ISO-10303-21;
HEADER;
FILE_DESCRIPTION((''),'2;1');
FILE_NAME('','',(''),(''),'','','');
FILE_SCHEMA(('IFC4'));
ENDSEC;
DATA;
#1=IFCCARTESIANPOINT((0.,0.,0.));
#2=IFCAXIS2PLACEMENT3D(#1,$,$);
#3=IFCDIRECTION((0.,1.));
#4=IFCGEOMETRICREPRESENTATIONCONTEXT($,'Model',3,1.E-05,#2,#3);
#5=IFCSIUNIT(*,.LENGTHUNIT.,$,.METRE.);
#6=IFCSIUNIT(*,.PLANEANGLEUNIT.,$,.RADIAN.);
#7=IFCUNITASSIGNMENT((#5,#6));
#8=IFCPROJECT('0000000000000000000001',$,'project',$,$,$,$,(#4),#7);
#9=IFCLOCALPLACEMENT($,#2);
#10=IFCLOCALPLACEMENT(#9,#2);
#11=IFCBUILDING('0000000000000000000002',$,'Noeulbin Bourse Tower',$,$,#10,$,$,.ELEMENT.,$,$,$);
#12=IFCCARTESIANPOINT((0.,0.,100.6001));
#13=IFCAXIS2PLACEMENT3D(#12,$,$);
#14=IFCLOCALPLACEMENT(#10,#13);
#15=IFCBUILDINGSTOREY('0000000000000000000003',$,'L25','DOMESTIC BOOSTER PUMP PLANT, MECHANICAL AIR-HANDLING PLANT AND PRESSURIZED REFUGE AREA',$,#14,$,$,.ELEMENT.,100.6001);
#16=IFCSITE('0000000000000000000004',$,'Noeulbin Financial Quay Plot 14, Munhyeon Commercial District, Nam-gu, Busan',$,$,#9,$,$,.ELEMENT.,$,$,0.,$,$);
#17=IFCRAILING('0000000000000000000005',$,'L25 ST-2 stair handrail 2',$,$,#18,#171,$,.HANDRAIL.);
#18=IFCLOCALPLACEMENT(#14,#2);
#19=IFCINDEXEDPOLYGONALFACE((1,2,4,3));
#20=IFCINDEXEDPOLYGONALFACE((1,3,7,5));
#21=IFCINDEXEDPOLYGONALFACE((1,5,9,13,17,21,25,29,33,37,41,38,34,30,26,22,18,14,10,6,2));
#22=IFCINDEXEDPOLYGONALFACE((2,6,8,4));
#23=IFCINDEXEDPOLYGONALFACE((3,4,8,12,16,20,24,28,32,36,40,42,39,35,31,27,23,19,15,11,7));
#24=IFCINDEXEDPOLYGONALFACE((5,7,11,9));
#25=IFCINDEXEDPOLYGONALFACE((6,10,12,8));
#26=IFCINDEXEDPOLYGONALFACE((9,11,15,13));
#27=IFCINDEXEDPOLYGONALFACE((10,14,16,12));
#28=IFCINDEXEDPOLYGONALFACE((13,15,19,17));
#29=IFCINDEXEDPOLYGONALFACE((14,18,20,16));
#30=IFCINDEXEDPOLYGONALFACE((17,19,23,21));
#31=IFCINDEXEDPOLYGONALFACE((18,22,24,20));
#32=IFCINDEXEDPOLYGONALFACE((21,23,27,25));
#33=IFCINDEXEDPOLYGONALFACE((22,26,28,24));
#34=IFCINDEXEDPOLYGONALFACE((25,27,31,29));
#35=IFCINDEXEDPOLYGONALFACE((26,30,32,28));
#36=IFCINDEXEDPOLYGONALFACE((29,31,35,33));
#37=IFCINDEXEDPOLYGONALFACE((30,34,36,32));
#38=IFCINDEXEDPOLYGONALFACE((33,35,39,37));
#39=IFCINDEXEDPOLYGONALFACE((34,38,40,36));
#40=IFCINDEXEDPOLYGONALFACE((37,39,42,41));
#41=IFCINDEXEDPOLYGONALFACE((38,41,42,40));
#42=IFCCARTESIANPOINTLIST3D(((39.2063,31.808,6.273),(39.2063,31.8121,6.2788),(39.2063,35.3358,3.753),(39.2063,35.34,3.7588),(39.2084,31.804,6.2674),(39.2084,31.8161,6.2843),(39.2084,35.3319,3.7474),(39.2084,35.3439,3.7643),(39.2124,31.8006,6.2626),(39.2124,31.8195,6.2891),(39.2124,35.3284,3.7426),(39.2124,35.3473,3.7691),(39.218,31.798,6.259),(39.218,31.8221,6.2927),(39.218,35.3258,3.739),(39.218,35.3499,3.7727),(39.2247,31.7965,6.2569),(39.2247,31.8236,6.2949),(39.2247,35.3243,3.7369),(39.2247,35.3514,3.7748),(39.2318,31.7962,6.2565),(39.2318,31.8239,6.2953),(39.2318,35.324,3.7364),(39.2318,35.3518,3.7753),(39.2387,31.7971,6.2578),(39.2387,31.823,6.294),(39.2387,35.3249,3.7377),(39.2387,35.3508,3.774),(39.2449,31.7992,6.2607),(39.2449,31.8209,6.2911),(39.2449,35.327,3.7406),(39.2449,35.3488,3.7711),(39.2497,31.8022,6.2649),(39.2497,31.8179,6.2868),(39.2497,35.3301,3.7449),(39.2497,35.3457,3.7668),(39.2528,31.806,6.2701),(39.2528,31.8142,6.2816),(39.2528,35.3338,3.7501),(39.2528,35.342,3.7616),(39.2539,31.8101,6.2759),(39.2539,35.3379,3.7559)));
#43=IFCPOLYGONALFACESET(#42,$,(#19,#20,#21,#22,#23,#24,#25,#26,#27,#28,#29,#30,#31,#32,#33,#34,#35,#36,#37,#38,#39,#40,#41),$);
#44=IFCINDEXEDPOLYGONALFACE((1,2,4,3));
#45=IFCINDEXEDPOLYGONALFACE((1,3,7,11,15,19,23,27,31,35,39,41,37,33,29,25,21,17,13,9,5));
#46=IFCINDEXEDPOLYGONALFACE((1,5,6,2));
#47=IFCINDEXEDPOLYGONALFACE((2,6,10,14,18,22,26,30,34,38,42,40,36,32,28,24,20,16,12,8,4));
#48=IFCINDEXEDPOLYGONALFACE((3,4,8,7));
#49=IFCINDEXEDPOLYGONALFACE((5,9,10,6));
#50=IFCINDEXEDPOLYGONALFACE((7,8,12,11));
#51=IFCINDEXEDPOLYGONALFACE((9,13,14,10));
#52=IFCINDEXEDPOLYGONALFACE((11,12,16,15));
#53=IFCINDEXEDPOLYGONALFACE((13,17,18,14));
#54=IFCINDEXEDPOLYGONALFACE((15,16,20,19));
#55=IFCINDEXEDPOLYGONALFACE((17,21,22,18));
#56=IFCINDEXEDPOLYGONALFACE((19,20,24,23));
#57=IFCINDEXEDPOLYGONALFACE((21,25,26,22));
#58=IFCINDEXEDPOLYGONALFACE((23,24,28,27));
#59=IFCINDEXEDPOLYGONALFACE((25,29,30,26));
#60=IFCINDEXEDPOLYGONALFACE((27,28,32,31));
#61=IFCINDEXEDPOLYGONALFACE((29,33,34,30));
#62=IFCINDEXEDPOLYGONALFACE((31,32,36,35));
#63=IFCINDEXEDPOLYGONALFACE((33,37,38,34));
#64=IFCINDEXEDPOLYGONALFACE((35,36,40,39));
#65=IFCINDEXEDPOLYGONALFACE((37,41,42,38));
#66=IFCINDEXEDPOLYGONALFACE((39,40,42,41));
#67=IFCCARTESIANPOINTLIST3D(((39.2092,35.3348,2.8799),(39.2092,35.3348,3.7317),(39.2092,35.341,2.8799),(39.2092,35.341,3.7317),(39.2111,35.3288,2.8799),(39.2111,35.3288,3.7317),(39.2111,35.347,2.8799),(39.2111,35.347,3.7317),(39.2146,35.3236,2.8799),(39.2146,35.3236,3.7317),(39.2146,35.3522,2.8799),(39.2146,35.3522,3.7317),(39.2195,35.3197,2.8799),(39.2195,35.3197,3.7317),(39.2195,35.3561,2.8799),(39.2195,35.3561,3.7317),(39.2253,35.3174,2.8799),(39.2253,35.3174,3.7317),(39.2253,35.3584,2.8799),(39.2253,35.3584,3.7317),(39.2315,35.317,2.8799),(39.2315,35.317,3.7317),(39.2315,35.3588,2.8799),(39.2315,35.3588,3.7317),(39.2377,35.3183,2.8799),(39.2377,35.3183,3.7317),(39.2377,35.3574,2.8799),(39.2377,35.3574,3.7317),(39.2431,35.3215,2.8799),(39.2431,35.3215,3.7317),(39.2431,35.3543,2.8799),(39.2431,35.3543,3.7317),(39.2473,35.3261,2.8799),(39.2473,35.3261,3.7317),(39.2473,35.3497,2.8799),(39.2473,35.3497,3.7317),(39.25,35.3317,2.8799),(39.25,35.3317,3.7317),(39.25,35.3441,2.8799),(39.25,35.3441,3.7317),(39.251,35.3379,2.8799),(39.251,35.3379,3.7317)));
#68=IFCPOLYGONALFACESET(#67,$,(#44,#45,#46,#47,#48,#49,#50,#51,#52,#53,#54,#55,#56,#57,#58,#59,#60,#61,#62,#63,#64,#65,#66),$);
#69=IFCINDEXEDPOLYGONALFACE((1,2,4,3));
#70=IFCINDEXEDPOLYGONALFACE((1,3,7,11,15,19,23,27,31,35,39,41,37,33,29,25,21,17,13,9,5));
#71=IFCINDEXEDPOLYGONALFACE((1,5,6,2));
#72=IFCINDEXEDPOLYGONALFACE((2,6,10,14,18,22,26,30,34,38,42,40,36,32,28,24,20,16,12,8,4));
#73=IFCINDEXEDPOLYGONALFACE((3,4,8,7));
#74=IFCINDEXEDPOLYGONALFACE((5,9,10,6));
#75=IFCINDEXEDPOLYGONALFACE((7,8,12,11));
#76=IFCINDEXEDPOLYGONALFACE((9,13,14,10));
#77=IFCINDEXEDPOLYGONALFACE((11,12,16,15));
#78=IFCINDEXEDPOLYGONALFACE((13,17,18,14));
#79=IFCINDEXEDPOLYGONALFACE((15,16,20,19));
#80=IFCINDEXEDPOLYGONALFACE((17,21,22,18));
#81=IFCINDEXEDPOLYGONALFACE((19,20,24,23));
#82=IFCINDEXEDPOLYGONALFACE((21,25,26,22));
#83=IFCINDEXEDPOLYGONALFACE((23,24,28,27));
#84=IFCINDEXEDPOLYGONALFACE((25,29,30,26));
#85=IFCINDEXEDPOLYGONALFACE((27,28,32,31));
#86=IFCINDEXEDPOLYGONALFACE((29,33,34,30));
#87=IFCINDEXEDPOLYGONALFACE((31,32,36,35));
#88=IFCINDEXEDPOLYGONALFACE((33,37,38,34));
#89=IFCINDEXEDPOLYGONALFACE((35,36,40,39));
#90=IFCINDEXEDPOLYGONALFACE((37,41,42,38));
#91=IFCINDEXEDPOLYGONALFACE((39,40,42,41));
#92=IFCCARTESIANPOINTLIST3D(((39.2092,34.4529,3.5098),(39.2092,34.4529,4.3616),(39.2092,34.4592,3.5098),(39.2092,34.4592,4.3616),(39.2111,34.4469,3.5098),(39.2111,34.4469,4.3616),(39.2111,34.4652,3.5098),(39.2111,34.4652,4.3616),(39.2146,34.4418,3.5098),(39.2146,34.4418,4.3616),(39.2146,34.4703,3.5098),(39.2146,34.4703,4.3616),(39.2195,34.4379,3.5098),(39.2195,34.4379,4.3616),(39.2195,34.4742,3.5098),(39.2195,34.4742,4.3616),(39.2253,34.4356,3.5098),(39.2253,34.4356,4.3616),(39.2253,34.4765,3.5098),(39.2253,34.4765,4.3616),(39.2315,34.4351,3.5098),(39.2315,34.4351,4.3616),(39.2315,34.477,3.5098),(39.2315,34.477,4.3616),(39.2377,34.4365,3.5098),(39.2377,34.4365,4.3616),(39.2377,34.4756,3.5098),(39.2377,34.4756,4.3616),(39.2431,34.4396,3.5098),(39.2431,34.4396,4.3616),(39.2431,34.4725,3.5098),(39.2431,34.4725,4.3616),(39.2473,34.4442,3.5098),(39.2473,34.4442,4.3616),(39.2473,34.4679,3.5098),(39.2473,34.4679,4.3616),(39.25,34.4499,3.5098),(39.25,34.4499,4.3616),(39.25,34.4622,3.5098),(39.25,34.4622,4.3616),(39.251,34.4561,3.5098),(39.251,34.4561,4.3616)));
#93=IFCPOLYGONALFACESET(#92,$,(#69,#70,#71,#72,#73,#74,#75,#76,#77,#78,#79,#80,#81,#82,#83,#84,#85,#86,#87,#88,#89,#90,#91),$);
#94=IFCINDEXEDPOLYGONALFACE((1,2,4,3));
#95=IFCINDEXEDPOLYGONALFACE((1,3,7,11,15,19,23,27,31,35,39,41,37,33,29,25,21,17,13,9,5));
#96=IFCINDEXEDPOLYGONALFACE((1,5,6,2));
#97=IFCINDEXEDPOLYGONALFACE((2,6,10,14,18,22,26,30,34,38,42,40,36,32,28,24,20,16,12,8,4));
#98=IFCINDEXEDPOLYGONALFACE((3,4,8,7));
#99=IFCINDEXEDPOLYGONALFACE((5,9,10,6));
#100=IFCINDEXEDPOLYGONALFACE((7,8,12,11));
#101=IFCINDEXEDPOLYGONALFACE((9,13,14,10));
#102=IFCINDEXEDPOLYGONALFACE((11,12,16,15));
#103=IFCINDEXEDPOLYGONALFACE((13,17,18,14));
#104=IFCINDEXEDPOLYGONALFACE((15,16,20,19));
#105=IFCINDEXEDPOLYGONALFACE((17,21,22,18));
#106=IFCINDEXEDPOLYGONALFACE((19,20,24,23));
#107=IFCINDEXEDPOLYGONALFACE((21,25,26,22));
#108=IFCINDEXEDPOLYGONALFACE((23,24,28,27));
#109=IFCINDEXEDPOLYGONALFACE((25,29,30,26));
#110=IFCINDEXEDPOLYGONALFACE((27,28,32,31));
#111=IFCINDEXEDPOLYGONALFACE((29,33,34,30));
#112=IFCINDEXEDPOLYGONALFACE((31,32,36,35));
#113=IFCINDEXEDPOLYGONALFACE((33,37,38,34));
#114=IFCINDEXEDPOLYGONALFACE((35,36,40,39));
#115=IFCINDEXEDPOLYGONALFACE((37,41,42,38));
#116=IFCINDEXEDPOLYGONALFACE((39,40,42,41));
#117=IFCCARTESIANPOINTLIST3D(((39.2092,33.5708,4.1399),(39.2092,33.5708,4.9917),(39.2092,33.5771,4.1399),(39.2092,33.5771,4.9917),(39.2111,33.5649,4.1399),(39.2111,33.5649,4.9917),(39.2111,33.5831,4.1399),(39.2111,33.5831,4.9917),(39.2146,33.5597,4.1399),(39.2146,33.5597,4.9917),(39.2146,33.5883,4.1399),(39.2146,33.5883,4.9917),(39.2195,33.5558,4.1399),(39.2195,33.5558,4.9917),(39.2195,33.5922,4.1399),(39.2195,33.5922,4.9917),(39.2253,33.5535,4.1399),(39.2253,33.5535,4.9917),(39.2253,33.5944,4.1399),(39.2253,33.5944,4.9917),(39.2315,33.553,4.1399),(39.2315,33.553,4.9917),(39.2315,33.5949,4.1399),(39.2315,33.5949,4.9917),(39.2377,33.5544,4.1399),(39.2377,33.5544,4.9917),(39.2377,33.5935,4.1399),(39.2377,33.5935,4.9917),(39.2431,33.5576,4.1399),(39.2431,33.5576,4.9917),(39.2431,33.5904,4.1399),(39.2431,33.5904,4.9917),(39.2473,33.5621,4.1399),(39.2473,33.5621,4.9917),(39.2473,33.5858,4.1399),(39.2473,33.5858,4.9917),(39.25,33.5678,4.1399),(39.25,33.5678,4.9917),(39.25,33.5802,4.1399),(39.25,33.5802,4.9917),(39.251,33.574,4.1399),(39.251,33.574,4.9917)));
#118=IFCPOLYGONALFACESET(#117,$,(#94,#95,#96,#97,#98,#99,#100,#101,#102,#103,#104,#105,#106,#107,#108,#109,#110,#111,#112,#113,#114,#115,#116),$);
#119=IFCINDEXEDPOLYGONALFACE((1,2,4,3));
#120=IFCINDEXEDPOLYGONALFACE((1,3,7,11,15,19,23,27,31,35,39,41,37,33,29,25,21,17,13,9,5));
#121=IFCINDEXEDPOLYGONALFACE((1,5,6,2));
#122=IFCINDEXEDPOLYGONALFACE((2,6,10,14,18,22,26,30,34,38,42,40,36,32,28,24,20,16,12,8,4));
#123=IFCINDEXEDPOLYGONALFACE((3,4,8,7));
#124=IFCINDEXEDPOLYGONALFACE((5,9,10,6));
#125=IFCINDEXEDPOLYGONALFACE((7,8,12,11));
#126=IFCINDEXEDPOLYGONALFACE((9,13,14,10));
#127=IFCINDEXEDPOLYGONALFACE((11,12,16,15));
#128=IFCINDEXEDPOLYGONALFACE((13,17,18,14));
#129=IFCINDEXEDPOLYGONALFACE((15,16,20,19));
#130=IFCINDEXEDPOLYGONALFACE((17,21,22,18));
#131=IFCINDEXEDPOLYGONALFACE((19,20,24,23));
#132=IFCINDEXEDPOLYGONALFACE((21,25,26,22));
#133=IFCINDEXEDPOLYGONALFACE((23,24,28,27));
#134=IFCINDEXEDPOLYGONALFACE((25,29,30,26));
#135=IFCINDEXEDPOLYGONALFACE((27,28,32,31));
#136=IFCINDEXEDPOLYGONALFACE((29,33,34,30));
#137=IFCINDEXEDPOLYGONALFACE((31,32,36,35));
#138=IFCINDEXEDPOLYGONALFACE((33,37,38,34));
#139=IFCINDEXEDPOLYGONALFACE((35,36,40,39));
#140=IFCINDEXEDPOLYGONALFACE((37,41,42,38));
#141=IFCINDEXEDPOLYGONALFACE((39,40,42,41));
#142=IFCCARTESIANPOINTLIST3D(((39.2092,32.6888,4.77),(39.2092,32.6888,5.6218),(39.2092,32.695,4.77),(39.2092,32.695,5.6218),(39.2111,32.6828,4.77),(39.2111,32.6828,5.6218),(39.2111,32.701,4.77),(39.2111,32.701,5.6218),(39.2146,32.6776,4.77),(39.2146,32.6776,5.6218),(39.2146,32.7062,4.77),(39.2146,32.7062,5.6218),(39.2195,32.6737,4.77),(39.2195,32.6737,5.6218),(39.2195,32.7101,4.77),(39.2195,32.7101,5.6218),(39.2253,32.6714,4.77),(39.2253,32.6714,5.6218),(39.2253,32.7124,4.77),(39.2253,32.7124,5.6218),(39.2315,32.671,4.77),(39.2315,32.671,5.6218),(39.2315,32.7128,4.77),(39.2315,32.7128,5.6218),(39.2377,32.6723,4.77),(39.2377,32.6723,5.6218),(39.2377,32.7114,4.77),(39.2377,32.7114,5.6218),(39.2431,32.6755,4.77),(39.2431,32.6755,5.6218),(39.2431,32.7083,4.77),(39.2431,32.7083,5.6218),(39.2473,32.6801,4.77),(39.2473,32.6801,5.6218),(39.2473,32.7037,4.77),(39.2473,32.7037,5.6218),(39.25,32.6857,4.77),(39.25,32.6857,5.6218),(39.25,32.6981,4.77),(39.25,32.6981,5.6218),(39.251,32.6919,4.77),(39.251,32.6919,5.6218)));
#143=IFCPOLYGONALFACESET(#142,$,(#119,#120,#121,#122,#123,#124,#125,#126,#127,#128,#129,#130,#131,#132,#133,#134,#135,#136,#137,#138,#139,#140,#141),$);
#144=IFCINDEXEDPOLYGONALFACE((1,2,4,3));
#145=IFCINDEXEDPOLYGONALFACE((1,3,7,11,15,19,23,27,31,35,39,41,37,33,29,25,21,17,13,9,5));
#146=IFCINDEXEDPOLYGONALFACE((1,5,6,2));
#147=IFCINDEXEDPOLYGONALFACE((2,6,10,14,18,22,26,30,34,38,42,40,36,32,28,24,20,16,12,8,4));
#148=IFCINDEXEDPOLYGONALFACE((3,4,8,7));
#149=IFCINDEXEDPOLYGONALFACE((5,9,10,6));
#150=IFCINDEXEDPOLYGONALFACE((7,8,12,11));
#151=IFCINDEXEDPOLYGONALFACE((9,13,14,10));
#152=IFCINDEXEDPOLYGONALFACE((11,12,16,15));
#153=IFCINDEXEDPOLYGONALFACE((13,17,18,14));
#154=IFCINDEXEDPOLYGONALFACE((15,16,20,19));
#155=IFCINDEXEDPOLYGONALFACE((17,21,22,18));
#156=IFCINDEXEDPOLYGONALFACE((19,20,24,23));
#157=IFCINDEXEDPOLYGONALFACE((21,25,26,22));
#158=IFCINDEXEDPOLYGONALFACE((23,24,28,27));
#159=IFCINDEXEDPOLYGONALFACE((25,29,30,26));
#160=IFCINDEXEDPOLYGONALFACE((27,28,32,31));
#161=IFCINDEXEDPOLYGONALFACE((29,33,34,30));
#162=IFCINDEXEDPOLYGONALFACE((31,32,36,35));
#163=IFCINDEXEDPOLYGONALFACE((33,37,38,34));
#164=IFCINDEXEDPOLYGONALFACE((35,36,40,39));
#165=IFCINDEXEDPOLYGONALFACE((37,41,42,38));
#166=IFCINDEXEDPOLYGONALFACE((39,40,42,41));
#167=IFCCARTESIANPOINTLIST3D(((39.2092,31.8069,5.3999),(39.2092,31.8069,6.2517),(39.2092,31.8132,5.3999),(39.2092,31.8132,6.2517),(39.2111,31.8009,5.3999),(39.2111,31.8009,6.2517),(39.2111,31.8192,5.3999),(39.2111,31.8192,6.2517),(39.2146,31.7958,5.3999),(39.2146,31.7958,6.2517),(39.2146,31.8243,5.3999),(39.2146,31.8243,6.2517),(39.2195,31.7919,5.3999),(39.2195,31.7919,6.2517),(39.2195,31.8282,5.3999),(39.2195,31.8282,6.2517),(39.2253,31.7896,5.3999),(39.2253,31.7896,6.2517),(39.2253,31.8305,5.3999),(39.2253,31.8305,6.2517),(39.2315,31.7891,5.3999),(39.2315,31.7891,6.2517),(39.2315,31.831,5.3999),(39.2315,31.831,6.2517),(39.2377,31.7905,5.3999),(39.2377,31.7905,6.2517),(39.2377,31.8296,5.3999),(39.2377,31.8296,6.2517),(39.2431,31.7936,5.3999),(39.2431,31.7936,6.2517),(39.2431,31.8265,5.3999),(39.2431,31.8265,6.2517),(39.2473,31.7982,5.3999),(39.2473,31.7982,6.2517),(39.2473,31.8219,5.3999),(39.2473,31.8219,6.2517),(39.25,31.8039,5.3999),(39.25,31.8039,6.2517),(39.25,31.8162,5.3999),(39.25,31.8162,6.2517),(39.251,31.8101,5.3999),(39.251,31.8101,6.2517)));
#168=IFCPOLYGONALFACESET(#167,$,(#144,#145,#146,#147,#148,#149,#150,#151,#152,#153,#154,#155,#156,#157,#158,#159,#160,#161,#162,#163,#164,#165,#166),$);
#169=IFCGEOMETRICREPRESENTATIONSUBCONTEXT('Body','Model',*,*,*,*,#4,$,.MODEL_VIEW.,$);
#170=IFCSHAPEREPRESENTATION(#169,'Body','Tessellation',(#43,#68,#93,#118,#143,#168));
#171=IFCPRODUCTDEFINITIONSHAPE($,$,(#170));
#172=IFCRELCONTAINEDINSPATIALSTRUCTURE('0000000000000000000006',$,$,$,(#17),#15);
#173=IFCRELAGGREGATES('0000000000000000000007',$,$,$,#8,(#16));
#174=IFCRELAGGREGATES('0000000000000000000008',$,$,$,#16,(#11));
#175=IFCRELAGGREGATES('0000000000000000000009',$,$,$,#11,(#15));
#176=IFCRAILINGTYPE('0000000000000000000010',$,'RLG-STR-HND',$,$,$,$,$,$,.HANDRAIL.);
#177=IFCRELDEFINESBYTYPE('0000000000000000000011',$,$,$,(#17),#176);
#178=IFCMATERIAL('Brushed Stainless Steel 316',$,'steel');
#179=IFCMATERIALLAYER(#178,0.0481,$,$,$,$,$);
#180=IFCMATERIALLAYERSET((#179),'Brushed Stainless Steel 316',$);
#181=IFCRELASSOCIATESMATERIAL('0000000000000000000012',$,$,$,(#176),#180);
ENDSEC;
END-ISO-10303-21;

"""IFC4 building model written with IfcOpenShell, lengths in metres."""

from ifc_helpers import new_model, si_unit, direction, frame, origin, origin_2d, place, context, subcontext, project, spatial, circle, extrude, material, layer, layer_set, type_object, element, save


model = new_model("IFC4")

# Units and contexts
model_context = context("Model", 3, precision=1e-05, world=origin(), true_north=direction((0.0, 1.0)))
body_context = subcontext(model_context, "Body", "Model", "MODEL_VIEW")
ifc_project = project(units=[si_unit("LENGTHUNIT", "METRE"), si_unit("PLANEANGLEUNIT", "RADIAN")], contexts=[model_context])

# Site, building, storey
site_placement = place(None, origin())
site = spatial("IfcSite", under=ifc_project, at=site_placement, Name="Noeulbin Financial Quay Plot 14, Munhyeon Commercial District, Nam-gu, Busan", CompositionType="ELEMENT", RefElevation=0.0)
building_placement = place(site_placement, origin())
building = spatial("IfcBuilding", under=site, at=building_placement, Name="Noeulbin Bourse Tower", CompositionType="ELEMENT")
storey_placement = place(building_placement, frame((0.0, 0.0, 100.6001)))
storey = spatial("IfcBuildingStorey", under=building, at=storey_placement, Name="L25", Description="DOMESTIC BOOSTER PUMP PLANT, MECHANICAL AIR-HANDLING PLANT AND PRESSURIZED REFUGE AREA", CompositionType="ELEMENT", Elevation=100.6001)

# Railing
ifc_material_1 = material(Name="Brushed Stainless Steel 316", Category="steel")
ifc_layer_1 = layer(ifc_material_1, 0.0481)
ifc_layer_set_1 = layer_set([ifc_layer_1], Name="Brushed Stainless Steel 316")
railing_type_1 = type_object("IfcRailingType", Name="RLG-STR-HND", PredefinedType="HANDRAIL", material=ifc_layer_set_1)
railing_1_placement = place(storey_placement, frame((39.23, 35.3379, 2.8799)))
element("IfcRailing", 1, at=railing_1_placement, inside=storey, type_object=railing_type_1, Name="L25 ST-2 stair handrail 2", PredefinedType="HANDRAIL", context=body_context, shape_type="SweptSolid", body=[
    extrude(circle(Radius=0.0239, at=origin_2d()), frame((0.0, 0.0, 0.876), z_axis=(0.0, -0.813718, 0.58126), x_axis=(1.0, 0.0, 0.0)), (0.0, 0.0, 1.0), 4.3354),
    extrude(circle(Radius=0.021, at=origin_2d()), origin(), (0.0, 0.0, 1.0), 0.8518),
    extrude(circle(Radius=0.021, at=origin_2d()), frame((0.0, -0.8818, 0.6299)), (0.0, 0.0, 1.0), 0.8518),
    extrude(circle(Radius=0.021, at=origin_2d()), frame((0.0, -1.7639, 1.26)), (0.0, 0.0, 1.0), 0.8518),
    extrude(circle(Radius=0.021, at=origin_2d()), frame((0.0, -2.646, 1.8901)), (0.0, 0.0, 1.0), 0.8518),
    extrude(circle(Radius=0.021, at=origin_2d()), frame((0.0, -3.5278, 2.52)), (0.0, 0.0, 1.0), 0.8518),
])

save(model, "model.ifc")
